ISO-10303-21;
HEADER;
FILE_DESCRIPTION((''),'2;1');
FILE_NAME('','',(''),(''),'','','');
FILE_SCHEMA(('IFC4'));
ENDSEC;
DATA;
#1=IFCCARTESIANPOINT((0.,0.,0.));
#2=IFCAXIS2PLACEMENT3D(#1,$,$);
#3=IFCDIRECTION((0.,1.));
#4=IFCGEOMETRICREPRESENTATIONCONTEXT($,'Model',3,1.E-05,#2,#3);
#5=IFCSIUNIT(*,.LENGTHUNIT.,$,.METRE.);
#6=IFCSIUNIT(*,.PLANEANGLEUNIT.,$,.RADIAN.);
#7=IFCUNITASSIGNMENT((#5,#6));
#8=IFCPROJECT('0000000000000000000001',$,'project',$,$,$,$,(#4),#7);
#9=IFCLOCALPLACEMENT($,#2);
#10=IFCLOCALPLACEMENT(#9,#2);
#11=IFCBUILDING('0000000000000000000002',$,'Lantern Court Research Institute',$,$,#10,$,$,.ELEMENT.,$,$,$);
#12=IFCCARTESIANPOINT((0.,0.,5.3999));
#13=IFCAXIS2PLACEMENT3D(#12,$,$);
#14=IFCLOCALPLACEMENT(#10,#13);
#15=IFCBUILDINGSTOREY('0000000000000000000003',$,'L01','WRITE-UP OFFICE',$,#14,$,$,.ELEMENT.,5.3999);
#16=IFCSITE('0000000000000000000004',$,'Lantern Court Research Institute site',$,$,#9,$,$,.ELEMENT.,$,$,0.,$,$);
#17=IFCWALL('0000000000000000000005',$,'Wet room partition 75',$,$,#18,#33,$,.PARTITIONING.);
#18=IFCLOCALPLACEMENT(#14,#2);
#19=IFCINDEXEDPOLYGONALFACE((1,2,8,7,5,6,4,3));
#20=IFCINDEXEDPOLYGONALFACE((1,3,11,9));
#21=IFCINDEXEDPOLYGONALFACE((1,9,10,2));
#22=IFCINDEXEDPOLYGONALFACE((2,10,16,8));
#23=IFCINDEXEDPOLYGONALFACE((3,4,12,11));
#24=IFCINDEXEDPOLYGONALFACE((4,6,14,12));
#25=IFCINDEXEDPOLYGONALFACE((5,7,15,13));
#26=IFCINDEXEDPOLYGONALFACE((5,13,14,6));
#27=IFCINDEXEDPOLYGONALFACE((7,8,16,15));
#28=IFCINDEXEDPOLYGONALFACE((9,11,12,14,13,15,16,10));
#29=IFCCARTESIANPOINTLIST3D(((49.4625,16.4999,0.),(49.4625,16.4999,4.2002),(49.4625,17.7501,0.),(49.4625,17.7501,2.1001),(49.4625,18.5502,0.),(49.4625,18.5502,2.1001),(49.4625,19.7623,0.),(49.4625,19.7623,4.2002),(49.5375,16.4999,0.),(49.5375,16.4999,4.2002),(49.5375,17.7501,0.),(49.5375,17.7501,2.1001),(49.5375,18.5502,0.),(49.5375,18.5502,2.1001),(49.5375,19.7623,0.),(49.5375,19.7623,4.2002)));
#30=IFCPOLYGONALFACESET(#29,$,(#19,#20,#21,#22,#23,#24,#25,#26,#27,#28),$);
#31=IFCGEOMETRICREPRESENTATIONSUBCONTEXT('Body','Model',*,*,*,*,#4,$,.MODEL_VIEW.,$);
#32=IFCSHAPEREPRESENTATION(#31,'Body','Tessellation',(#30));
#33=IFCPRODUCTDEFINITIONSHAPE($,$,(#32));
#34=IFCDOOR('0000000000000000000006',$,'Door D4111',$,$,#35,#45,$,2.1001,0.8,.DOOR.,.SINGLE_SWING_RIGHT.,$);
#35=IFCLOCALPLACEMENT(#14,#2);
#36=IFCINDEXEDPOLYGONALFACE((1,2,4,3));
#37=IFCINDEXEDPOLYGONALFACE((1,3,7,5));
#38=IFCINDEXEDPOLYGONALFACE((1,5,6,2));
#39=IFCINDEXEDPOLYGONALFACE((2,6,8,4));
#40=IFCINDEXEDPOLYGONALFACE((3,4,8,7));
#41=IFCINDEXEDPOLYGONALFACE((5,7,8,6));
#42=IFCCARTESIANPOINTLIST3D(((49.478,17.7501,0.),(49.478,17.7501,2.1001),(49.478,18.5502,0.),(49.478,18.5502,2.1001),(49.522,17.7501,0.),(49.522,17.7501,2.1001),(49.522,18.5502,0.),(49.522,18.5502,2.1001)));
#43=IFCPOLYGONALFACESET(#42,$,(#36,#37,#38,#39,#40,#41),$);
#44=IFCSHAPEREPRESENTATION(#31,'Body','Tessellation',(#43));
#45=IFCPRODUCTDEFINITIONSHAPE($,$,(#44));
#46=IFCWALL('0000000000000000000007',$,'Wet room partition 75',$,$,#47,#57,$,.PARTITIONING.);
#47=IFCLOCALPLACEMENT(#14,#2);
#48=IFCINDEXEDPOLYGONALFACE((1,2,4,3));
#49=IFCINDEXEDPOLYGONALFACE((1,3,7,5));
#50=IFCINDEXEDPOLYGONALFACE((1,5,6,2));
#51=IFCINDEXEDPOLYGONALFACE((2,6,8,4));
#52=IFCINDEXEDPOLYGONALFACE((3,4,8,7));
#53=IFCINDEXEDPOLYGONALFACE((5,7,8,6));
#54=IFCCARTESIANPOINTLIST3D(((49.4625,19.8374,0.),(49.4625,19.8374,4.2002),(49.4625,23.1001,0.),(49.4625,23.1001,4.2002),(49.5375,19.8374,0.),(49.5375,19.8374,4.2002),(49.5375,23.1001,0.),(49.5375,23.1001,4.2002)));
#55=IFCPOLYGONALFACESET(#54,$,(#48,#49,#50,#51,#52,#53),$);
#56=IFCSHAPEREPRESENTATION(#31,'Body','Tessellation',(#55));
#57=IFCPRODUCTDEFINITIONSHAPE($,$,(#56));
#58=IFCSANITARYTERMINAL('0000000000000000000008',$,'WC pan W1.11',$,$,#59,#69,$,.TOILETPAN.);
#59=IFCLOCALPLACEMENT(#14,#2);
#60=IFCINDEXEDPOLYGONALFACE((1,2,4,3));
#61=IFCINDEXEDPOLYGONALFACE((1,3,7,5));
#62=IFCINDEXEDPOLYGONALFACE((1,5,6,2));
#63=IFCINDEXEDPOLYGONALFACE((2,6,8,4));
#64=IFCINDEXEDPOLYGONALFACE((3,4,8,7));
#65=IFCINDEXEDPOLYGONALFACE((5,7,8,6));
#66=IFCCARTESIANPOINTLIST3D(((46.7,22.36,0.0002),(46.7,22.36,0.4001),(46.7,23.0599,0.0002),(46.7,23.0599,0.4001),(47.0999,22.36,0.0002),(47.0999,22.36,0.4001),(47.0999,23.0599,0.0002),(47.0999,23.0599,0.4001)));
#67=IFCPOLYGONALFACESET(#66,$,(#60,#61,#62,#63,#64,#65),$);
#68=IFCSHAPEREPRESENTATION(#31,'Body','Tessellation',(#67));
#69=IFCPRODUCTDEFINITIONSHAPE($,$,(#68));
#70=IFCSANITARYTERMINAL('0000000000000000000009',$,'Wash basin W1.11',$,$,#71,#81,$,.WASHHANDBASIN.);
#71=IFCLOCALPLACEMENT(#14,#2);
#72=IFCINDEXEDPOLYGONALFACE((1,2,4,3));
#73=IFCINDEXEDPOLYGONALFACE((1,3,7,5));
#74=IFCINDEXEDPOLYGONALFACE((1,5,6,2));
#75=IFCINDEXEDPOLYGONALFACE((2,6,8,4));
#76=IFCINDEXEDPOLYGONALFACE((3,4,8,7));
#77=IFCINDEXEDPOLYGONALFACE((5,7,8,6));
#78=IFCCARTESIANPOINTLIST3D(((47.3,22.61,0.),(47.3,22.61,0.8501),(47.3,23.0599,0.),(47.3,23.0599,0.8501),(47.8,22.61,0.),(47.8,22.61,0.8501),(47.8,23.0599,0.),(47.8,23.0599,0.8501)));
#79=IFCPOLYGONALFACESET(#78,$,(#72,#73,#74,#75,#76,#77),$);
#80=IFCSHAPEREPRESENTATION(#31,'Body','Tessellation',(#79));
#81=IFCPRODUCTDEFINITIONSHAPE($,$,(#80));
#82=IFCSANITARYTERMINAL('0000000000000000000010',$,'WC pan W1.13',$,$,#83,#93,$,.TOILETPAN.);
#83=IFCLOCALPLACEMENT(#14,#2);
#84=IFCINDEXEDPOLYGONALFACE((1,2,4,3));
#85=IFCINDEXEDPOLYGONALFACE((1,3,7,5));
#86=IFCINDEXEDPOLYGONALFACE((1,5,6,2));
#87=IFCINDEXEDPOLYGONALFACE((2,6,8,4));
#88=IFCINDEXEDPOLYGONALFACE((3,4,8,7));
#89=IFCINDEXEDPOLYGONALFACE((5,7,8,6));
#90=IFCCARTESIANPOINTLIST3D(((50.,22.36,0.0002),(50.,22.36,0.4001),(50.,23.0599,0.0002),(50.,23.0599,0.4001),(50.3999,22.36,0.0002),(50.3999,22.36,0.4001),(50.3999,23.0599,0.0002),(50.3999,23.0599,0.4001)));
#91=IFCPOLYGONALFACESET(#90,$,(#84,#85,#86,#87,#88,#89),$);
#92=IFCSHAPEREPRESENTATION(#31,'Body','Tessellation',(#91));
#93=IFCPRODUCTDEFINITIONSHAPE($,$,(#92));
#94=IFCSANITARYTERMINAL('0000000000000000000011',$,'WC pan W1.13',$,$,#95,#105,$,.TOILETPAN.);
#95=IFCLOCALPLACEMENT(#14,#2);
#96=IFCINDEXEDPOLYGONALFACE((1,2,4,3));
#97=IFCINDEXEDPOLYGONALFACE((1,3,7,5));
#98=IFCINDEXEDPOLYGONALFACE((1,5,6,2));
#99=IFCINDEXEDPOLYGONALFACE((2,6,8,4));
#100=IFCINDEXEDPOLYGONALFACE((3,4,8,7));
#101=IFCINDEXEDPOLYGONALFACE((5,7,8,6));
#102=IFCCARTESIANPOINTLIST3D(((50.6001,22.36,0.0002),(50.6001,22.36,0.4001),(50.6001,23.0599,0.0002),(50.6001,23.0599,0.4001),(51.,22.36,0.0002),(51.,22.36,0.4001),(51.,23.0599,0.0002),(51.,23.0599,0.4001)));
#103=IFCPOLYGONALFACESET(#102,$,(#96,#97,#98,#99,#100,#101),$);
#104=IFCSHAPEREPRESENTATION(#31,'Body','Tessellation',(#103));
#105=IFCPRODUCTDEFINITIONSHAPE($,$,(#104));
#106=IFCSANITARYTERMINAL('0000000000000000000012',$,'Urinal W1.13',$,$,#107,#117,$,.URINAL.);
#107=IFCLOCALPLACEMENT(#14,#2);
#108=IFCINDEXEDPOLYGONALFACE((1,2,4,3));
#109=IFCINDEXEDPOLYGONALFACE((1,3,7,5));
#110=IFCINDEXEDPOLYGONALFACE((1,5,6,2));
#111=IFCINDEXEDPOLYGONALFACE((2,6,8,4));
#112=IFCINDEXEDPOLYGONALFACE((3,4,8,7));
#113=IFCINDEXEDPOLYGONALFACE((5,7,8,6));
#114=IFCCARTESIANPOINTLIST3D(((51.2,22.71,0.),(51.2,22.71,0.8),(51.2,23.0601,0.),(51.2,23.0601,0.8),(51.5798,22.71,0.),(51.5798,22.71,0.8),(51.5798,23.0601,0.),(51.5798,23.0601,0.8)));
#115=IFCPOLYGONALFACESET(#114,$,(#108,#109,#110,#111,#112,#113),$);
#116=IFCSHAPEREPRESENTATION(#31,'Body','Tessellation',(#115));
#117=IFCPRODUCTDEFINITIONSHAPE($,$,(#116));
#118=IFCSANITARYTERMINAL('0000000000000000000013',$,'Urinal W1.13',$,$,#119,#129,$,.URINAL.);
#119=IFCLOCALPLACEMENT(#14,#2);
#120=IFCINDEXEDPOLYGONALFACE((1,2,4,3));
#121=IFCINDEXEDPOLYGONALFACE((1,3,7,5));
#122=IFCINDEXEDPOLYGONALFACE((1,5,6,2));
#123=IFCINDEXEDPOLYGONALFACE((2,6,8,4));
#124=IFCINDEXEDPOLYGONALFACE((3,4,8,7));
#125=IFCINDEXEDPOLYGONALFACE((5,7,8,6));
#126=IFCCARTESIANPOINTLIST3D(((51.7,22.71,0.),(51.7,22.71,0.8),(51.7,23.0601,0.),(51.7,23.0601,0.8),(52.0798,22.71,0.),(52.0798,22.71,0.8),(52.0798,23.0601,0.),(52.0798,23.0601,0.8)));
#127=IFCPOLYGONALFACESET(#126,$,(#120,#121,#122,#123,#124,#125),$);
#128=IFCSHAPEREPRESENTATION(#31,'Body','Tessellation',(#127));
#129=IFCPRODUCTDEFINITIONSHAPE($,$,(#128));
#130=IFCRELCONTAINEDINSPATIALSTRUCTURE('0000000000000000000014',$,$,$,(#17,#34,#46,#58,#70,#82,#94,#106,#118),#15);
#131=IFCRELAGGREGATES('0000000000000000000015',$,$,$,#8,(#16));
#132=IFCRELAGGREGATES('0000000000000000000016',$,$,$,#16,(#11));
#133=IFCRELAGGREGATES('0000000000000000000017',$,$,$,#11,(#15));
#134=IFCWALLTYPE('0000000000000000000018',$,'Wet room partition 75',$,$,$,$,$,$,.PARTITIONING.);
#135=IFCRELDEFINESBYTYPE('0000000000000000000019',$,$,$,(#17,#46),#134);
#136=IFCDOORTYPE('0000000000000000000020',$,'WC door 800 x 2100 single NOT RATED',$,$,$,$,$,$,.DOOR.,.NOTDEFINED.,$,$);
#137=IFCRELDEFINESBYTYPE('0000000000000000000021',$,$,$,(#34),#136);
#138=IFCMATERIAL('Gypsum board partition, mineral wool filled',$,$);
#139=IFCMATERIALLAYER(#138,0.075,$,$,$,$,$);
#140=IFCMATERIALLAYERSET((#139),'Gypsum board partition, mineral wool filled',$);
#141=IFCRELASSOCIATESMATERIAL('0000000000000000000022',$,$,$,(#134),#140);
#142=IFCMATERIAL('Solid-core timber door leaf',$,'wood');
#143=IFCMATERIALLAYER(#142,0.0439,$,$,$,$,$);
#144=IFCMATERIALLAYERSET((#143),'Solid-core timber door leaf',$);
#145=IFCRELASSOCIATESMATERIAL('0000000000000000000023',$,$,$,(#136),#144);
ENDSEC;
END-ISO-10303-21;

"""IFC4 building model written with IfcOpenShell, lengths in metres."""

from ifc_helpers import new_model, si_unit, direction, frame, frame_2d, origin, origin_2d, place, context, subcontext, project, spatial, rectangle, extrude, material, layer, layer_set, type_object, element, fill, save


model = new_model("IFC4")

# Units and contexts
model_context = context("Model", 3, precision=1e-05, world=origin(), true_north=direction((0.0, 1.0)))
body_context = subcontext(model_context, "Body", "Model", "MODEL_VIEW")
ifc_project = project(units=[si_unit("LENGTHUNIT", "METRE"), si_unit("PLANEANGLEUNIT", "RADIAN")], contexts=[model_context])

# Site, building, storey
site_placement = place(None, origin())
site = spatial("IfcSite", under=ifc_project, at=site_placement, Name="Lantern Court Research Institute site", CompositionType="ELEMENT", RefElevation=0.0)
building_placement = place(site_placement, origin())
building = spatial("IfcBuilding", under=site, at=building_placement, Name="Lantern Court Research Institute", CompositionType="ELEMENT")
storey_placement = place(building_placement, frame((0.0, 0.0, 5.3999)))
storey = spatial("IfcBuildingStorey", under=building, at=storey_placement, Name="L01", Description="WRITE-UP OFFICE", CompositionType="ELEMENT", Elevation=5.3999)

# Wall, opening, door
ifc_material_1 = material(Name="Gypsum board partition, mineral wool filled")
ifc_layer_1 = layer(ifc_material_1, 0.075)
ifc_layer_set_1 = layer_set([ifc_layer_1], Name="Gypsum board partition, mineral wool filled")
wall_type_1 = type_object("IfcWallType", Name="Wet room partition 75", PredefinedType="PARTITIONING", material=ifc_layer_set_1)
wall_1_placement = place(storey_placement, frame((49.5, 19.7625, 0.0), z_axis=(0.0, 0.0, 1.0), x_axis=(0.0, -1.0, 0.0)))
wall_1 = element("IfcWall", 1, at=wall_1_placement, inside=storey, type_object=wall_type_1, Name="Wet room partition 75", PredefinedType="PARTITIONING", context=body_context, shape_type="SweptSolid", body=[
    extrude(rectangle(XDim=3.2625, YDim=0.075, at=frame_2d((1.6313, 0.0))), origin(), (0.0, 0.0, 1.0), 4.2002),
])
opening_1_placement = place(wall_1_placement, frame((1.2124, 0.0, 0.0)))
opening_1 = element("IfcOpeningElement", 2, at=opening_1_placement, cuts=wall_1, PredefinedType="OPENING", context=body_context, shape_type="SweptSolid", body=[
    extrude(rectangle(XDim=0.8, YDim=2.1001, at=frame_2d((0.3999, 1.05))), frame((0.0, 0.0474, 0.0), z_axis=(0.0, -1.0, 0.0), x_axis=(1.0, 0.0, 0.0)), (0.0, 0.0, 1.0), 0.095),
])
ifc_material_2 = material(Name="Solid-core timber door leaf", Category="wood")
ifc_layer_2 = layer(ifc_material_2, 0.0439)
ifc_layer_set_2 = layer_set([ifc_layer_2], Name="Solid-core timber door leaf")
door_type_1 = type_object("IfcDoorType", Name="WC door 800 x 2100 single NOT RATED", OperationType="NOTDEFINED", PredefinedType="DOOR", material=ifc_layer_set_2)
door_1_placement = place(opening_1_placement, origin())
door_1 = element("IfcDoor", 3, at=door_1_placement, inside=storey, type_object=door_type_1, Name="Door D4111", OperationType="SINGLE_SWING_RIGHT", OverallHeight=2.1001, OverallWidth=0.8, PredefinedType="DOOR", context=body_context, shape_type="SweptSolid", body=[
    extrude(rectangle(XDim=0.8, YDim=2.1001, at=frame_2d((0.3999, 1.05))), frame((0.0, 0.022, 0.0), z_axis=(0.0, -1.0, 0.0), x_axis=(1.0, 0.0, 0.0)), (0.0, 0.0, 1.0), 0.0439),
])
fill(opening_1, door_1)

# Wall
wall_2_placement = place(storey_placement, frame((49.5, 19.8374, 0.0), z_axis=(0.0, 0.0, 1.0), x_axis=(0.0, 1.0, 0.0)))
element("IfcWall", 4, at=wall_2_placement, inside=storey, type_object=wall_type_1, Name="Wet room partition 75", PredefinedType="PARTITIONING", context=body_context, shape_type="SweptSolid", body=[
    extrude(rectangle(XDim=3.2627, YDim=0.075, at=frame_2d((1.6313, 0.0))), origin(), (0.0, 0.0, 1.0), 4.2002),
])

# Sanitary terminals
sanitary_terminal_1_placement = place(storey_placement, frame((46.8999, 22.71, 0.0002), z_axis=(0.0, 0.0, 1.0), x_axis=(1.0, 0.0, 0.0)))
element("IfcSanitaryTerminal", 5, at=sanitary_terminal_1_placement, inside=storey, Name="WC pan W1.11", PredefinedType="TOILETPAN", context=body_context, shape_type="SweptSolid", body=[
    extrude(rectangle(XDim=0.3999, YDim=0.7, at=origin_2d()), origin(), (0.0, 0.0, 1.0), 0.3999),
])
sanitary_terminal_2_placement = place(storey_placement, frame((47.55, 22.835, 0.0), z_axis=(0.0, 0.0, 1.0), x_axis=(1.0, 0.0, 0.0)))
element("IfcSanitaryTerminal", 6, at=sanitary_terminal_2_placement, inside=storey, Name="Wash basin W1.11", PredefinedType="WASHHANDBASIN", context=body_context, shape_type="SweptSolid", body=[
    extrude(rectangle(XDim=0.5, YDim=0.45, at=origin_2d()), origin(), (0.0, 0.0, 1.0), 0.8501),
])
for number, where, z_axis, x_axis, name in (
    (7, (50.2, 22.71, 0.0002), (0.0, 0.0, 1.0), (1.0, 0.0, 0.0), "WC pan W1.13"),
    (8, (50.8, 22.71, 0.0002), (0.0, 0.0, 1.0), (1.0, 0.0, 0.0), "WC pan W1.13"),
):
    element("IfcSanitaryTerminal", number, at=place(storey_placement, frame(where, z_axis=z_axis, x_axis=x_axis)), inside=storey, Name=name, PredefinedType="TOILETPAN", context=body_context, shape_type="SweptSolid", body=[
        extrude(rectangle(XDim=0.3999, YDim=0.7, at=origin_2d()), origin(), (0.0, 0.0, 1.0), 0.3999),
    ])
for number, where, z_axis, x_axis, name in (
    (9, (51.3899, 22.885, 0.0), (0.0, 0.0, 1.0), (1.0, 0.0, 0.0), "Urinal W1.13"),
    (10, (51.8899, 22.885, 0.0), (0.0, 0.0, 1.0), (1.0, 0.0, 0.0), "Urinal W1.13"),
):
    element("IfcSanitaryTerminal", number, at=place(storey_placement, frame(where, z_axis=z_axis, x_axis=x_axis)), inside=storey, Name=name, PredefinedType="URINAL", context=body_context, shape_type="SweptSolid", body=[
        extrude(rectangle(XDim=0.3799, YDim=0.3501, at=origin_2d()), origin(), (0.0, 0.0, 1.0), 0.8),
    ])

save(model, "model.ifc")
